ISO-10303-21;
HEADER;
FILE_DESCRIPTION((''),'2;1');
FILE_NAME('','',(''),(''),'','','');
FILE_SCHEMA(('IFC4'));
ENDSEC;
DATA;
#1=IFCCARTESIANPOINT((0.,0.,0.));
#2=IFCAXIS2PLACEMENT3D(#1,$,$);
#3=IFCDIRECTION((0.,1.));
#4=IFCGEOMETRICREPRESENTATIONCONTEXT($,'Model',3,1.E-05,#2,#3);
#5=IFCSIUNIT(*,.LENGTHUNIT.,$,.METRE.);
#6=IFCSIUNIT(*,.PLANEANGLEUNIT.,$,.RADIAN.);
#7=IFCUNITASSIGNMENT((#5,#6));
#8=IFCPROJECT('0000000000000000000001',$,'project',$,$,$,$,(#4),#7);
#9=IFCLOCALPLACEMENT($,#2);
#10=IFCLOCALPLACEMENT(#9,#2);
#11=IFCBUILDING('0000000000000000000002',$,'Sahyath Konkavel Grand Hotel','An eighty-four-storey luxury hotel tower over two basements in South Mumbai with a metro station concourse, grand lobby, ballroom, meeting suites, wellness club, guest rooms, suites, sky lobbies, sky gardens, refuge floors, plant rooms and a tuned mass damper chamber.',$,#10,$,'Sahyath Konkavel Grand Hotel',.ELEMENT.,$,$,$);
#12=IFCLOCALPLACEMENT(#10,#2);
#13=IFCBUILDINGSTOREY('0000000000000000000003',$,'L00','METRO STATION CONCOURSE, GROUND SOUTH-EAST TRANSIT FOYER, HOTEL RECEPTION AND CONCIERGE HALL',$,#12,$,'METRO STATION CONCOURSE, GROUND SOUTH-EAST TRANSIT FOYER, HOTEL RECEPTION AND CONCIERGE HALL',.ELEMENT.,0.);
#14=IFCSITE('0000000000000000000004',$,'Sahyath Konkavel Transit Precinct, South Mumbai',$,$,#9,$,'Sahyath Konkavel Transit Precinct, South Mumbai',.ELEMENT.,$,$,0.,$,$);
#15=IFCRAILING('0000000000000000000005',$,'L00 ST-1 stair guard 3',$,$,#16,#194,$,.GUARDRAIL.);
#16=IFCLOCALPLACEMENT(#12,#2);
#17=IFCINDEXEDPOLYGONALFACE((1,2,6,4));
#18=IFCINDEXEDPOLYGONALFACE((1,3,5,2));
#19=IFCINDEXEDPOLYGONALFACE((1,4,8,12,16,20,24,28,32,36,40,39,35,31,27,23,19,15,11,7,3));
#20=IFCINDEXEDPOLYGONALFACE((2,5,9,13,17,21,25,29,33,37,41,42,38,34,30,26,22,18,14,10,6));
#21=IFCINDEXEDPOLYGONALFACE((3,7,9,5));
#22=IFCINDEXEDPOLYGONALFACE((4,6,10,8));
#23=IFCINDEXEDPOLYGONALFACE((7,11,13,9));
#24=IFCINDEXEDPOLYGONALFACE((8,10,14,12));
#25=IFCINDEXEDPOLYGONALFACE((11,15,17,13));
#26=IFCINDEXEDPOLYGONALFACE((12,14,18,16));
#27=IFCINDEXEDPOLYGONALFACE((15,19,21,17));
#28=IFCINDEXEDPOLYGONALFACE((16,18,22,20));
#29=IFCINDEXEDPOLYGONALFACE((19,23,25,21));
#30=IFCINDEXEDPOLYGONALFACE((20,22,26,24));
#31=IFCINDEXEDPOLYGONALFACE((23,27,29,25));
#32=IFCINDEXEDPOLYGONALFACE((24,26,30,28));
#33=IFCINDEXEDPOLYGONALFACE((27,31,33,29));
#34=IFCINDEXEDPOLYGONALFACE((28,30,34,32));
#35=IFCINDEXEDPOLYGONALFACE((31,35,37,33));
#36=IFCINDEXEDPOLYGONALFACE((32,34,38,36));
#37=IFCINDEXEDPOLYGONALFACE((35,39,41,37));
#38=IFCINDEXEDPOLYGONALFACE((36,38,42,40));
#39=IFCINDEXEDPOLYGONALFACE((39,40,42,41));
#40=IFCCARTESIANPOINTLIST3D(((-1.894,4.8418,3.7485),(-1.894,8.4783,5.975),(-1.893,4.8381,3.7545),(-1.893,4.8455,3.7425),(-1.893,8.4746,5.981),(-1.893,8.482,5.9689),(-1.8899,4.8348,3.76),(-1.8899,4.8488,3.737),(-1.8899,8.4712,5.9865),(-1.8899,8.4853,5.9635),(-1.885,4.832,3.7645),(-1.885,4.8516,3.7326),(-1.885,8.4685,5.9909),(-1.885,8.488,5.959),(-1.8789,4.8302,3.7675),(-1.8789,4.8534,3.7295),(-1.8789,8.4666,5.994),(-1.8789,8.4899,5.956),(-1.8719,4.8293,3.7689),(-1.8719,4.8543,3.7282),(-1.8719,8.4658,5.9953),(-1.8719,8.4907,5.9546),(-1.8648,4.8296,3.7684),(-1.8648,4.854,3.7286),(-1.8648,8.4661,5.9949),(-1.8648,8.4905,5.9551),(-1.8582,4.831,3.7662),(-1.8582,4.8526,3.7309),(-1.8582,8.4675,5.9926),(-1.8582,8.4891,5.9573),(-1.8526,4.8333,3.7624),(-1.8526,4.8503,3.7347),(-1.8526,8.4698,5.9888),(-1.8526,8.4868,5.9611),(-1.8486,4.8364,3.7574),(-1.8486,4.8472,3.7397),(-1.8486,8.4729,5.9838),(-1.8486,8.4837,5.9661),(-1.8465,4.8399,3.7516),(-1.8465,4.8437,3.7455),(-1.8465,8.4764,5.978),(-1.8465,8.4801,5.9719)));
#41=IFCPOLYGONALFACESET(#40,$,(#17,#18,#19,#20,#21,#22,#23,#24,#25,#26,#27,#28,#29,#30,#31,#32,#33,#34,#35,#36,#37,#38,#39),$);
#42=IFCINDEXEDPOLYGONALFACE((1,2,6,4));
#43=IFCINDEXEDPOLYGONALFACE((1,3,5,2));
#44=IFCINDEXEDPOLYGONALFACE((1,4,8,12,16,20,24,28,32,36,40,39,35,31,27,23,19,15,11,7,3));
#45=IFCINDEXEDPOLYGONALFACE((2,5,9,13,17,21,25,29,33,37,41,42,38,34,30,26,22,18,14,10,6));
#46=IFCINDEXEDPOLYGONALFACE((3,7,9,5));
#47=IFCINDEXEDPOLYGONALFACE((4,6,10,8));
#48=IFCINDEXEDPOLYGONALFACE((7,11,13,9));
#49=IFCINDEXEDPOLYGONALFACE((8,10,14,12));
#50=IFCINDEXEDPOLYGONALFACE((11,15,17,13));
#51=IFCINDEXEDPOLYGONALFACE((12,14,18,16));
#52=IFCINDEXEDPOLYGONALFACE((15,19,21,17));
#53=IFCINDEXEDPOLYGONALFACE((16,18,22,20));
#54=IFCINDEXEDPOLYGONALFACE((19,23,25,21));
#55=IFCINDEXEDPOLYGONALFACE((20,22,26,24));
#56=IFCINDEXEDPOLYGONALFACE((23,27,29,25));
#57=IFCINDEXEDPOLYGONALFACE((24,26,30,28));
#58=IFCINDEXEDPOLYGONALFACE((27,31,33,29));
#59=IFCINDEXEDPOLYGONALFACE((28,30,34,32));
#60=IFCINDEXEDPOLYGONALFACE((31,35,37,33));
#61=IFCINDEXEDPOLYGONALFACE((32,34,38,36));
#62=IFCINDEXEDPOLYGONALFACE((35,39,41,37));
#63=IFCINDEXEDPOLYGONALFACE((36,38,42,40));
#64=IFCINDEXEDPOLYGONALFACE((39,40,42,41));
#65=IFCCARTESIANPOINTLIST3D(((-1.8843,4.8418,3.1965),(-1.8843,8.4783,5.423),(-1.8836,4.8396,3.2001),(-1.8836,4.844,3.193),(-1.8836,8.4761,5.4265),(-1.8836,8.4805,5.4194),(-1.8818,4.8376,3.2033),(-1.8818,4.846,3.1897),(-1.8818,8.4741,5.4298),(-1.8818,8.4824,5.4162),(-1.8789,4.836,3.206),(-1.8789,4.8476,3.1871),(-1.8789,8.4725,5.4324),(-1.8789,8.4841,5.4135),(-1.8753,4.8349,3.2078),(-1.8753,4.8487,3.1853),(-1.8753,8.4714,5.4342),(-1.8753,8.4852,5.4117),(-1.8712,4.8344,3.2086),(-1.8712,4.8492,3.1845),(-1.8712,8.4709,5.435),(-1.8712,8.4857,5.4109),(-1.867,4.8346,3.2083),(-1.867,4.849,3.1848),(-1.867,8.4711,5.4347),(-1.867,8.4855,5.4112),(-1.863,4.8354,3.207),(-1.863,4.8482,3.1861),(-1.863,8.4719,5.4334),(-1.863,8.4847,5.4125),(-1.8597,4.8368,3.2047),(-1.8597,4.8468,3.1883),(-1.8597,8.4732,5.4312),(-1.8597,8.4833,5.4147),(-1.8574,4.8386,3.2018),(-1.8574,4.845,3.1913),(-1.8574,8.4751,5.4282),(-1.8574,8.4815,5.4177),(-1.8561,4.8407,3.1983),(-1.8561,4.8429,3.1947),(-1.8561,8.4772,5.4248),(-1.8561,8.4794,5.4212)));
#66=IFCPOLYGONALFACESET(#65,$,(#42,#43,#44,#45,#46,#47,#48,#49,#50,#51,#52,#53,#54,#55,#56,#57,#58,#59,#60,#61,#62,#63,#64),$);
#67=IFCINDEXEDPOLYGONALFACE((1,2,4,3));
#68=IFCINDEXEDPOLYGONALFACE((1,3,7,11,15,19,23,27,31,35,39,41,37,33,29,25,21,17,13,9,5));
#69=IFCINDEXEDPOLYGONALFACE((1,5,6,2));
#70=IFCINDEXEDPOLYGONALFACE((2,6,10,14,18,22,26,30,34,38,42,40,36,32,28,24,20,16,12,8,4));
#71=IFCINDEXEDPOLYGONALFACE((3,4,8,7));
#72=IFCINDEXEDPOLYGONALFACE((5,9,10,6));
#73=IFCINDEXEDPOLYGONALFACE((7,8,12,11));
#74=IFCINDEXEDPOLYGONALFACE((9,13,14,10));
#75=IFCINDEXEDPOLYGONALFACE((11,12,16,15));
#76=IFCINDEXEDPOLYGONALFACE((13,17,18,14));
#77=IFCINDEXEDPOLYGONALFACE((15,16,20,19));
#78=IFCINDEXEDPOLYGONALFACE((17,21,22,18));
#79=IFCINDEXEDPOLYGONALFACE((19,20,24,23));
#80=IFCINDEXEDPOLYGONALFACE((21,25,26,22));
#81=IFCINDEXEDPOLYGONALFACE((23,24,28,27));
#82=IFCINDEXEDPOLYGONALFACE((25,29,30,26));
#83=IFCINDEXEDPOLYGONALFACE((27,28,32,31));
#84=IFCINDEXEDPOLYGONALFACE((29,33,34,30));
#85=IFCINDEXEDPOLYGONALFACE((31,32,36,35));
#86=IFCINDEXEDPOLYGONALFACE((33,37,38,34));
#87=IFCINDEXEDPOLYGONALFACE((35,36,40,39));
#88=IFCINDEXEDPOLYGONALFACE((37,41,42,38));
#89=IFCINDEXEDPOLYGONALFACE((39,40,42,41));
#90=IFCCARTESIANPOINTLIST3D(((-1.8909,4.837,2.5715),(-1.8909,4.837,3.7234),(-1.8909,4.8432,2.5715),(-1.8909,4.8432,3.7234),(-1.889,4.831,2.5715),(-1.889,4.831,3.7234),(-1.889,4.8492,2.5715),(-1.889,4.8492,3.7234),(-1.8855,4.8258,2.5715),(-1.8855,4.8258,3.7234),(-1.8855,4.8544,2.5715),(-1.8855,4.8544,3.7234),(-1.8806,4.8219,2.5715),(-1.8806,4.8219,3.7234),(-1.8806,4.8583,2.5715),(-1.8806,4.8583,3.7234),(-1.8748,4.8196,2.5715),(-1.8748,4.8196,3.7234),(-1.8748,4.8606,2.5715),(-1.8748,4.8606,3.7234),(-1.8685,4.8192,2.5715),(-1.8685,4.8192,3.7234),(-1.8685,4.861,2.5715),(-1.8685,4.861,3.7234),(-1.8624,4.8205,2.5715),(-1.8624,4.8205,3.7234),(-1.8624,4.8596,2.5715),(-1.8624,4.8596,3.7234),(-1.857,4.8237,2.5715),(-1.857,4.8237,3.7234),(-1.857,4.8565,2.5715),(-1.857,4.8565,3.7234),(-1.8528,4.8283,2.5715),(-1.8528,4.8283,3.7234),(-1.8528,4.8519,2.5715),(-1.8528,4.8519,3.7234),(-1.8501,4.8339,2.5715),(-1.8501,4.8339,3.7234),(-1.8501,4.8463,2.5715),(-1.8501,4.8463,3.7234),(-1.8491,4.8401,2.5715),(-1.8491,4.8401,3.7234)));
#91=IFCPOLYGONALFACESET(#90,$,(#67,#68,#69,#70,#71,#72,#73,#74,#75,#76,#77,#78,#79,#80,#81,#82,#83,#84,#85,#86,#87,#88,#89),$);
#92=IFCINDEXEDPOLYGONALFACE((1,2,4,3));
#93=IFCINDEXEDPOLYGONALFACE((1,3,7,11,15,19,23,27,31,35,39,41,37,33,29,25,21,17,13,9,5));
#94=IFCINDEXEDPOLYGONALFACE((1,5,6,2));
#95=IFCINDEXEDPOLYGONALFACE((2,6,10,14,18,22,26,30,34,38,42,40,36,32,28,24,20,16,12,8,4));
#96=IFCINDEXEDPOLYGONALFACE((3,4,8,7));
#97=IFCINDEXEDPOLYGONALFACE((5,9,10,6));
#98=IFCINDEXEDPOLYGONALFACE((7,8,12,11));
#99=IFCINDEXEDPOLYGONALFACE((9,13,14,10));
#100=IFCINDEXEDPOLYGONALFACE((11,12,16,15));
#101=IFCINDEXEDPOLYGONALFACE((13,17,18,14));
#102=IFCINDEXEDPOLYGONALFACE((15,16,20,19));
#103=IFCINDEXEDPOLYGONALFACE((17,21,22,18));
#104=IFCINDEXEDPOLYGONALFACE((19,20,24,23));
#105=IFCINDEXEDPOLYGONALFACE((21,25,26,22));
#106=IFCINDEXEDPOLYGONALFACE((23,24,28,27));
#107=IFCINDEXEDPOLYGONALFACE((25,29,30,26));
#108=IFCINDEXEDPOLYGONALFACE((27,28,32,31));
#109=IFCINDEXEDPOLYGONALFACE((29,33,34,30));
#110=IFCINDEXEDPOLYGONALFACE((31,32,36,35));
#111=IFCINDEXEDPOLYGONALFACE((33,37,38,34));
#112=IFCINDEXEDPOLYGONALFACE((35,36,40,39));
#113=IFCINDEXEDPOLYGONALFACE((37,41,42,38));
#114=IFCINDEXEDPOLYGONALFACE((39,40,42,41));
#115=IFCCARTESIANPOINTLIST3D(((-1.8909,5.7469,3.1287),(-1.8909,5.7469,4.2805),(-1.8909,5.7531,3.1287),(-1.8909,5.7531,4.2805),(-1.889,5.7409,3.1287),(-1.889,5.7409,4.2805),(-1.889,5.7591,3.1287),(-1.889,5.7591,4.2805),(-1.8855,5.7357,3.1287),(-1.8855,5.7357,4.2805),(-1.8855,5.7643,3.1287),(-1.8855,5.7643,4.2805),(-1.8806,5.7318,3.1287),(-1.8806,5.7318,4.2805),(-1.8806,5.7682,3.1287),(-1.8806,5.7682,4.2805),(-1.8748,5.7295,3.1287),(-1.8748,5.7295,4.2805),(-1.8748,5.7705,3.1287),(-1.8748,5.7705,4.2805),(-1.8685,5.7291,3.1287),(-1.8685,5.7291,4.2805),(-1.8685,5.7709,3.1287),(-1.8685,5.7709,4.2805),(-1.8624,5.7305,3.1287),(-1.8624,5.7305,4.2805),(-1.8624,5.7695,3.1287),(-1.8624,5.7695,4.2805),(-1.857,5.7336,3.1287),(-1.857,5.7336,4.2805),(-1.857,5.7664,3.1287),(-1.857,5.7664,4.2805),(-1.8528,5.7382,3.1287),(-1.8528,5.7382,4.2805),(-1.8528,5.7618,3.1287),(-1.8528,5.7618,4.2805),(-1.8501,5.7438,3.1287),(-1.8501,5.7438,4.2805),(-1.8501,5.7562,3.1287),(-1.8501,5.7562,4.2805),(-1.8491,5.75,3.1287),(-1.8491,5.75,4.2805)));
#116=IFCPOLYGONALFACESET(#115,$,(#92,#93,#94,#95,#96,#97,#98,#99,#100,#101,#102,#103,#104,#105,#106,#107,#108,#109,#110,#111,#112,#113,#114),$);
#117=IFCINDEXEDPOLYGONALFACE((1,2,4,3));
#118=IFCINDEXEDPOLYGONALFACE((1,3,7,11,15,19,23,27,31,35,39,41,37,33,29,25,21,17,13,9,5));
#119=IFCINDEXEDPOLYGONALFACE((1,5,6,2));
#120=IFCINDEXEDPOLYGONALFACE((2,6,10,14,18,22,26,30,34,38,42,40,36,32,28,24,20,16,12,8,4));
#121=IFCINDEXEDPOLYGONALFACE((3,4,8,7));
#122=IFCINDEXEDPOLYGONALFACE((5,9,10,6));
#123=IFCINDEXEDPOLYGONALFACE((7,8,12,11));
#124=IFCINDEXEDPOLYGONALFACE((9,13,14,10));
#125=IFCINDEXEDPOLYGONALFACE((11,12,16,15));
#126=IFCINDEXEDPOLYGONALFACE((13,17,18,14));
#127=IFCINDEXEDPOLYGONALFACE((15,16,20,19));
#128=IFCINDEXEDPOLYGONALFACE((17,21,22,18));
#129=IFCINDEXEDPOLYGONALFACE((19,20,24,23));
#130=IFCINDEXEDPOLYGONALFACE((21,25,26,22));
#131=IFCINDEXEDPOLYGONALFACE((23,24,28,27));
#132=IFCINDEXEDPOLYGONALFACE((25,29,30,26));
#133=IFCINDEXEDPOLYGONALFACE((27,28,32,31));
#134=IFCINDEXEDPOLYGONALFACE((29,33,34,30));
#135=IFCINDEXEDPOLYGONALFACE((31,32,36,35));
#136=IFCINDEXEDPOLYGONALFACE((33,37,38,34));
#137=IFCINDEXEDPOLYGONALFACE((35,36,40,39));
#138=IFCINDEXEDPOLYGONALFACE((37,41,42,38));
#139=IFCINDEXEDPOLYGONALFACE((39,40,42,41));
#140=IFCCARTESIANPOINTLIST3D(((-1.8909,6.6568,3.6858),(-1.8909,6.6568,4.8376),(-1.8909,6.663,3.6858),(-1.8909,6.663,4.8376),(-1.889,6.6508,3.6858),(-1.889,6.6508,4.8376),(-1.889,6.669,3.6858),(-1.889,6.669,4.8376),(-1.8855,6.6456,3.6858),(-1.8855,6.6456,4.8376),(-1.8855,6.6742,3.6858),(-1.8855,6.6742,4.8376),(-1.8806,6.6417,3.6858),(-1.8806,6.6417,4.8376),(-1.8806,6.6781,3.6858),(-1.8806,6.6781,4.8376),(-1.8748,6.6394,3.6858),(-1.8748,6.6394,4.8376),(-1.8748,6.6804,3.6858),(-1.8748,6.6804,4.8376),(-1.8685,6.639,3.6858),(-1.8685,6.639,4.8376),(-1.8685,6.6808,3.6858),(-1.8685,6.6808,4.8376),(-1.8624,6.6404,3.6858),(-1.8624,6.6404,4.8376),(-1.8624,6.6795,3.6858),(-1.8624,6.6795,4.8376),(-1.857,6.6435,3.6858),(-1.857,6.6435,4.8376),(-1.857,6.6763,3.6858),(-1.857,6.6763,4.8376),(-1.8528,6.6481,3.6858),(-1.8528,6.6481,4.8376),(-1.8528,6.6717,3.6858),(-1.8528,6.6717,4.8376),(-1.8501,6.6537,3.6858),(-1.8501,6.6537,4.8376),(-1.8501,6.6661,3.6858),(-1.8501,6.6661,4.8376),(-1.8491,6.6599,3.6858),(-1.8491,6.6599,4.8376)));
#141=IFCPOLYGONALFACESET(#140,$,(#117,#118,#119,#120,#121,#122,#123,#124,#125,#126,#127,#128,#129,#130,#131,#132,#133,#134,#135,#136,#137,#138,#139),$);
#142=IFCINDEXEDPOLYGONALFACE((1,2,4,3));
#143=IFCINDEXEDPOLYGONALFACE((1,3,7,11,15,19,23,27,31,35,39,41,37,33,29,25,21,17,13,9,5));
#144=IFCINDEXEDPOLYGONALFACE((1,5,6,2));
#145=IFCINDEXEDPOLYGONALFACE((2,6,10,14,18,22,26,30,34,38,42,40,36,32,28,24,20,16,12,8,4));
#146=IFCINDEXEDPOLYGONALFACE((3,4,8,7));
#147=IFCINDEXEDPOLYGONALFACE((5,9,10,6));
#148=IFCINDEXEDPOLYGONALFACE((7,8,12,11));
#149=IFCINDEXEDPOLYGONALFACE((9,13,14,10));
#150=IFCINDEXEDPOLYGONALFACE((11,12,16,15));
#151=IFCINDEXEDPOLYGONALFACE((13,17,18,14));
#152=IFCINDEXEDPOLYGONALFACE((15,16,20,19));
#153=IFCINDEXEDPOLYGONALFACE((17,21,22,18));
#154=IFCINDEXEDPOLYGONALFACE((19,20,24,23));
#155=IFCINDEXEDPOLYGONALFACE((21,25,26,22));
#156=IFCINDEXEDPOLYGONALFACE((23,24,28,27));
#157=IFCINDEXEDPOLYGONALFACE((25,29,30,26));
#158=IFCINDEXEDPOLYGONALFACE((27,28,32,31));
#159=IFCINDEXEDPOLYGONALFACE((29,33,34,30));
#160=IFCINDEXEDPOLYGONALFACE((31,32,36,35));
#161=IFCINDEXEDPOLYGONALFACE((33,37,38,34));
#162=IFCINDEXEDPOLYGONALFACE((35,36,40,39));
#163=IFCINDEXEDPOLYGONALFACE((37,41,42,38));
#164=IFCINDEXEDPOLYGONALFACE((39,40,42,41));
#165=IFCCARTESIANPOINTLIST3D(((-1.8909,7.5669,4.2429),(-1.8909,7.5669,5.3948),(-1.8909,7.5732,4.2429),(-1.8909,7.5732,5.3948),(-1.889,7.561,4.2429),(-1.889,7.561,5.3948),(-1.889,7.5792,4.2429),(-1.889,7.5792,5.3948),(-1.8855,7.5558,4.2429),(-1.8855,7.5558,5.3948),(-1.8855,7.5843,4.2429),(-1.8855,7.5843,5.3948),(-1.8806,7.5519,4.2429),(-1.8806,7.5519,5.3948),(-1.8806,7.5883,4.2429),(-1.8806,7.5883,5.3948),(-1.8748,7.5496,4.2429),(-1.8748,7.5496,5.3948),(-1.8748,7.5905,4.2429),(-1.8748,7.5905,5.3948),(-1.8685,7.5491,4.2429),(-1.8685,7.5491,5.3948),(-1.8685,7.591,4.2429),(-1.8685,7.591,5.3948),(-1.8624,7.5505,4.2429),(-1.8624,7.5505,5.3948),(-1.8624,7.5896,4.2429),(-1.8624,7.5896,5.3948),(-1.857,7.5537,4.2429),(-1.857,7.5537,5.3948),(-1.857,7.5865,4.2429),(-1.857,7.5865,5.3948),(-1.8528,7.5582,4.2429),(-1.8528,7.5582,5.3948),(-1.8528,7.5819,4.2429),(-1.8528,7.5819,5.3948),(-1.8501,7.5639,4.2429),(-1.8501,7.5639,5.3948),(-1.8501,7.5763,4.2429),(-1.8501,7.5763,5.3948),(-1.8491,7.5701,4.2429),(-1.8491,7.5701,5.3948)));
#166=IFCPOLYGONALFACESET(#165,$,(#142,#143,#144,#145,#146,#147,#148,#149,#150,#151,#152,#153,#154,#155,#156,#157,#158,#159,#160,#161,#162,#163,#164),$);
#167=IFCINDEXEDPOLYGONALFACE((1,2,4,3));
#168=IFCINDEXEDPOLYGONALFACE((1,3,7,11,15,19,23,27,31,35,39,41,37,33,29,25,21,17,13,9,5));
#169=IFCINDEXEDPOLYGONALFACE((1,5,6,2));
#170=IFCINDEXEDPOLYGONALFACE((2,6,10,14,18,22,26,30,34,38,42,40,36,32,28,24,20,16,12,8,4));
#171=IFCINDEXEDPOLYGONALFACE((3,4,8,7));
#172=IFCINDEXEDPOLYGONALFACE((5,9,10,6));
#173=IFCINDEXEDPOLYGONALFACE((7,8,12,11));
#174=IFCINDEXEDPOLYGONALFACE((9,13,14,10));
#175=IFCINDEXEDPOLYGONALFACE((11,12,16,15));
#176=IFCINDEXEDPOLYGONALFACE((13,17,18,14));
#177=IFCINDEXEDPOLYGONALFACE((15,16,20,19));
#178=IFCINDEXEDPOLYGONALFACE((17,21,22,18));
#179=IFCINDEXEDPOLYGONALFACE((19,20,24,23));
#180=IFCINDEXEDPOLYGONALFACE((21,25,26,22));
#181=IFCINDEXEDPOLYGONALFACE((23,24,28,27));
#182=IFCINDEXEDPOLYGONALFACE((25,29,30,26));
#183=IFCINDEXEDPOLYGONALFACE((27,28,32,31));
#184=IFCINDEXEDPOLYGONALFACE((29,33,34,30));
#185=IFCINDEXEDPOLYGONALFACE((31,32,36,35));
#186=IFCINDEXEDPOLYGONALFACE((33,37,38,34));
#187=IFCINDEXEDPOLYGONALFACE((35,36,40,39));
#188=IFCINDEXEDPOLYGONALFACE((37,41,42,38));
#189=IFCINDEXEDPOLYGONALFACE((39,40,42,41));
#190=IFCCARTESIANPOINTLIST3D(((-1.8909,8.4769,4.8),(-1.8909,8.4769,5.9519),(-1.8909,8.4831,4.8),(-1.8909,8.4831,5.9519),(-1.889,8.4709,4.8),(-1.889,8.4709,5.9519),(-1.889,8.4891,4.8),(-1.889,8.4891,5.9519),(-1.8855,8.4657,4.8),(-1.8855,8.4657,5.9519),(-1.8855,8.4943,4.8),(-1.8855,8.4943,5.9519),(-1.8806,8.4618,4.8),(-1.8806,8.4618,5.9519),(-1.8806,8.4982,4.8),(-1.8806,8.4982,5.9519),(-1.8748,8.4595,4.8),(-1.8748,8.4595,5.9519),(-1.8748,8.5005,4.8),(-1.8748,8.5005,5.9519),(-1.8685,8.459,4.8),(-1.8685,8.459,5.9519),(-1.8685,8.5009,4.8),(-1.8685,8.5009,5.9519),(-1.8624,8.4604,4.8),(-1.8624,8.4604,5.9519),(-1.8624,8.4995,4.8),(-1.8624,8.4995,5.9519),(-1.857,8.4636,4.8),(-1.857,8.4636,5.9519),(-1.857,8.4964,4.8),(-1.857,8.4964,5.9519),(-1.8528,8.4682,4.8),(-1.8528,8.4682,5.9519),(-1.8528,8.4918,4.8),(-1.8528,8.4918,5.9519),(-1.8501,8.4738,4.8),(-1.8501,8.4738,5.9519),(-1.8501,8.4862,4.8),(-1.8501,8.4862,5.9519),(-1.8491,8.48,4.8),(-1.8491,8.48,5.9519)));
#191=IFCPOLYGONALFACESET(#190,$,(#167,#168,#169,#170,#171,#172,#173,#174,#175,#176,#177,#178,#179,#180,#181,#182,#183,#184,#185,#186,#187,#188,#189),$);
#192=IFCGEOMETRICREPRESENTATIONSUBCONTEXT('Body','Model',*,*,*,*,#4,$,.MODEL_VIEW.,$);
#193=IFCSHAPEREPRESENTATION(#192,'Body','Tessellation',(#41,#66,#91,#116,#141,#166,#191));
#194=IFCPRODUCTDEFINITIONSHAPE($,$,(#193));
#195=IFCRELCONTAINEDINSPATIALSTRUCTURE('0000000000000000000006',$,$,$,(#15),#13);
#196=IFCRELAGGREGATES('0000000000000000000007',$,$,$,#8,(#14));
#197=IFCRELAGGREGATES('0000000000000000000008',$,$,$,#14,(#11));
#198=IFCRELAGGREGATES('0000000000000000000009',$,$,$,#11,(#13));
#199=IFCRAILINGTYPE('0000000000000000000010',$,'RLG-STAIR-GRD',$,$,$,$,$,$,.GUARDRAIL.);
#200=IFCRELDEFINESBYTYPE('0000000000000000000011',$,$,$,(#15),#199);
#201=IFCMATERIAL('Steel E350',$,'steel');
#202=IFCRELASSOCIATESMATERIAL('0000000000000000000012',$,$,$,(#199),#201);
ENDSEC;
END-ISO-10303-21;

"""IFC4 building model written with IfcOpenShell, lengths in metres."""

from ifc_helpers import new_model, si_unit, direction, frame, origin, origin_2d, place, context, subcontext, project, spatial, circle, extrude, material, type_object, element, save


model = new_model("IFC4")

# Units and contexts
model_context = context("Model", 3, precision=1e-05, world=origin(), true_north=direction((0.0, 1.0)))
body_context = subcontext(model_context, "Body", "Model", "MODEL_VIEW")
ifc_project = project(units=[si_unit("LENGTHUNIT", "METRE"), si_unit("PLANEANGLEUNIT", "RADIAN")], contexts=[model_context])

# Site, building, storey
site_placement = place(None, origin())
site = spatial("IfcSite", under=ifc_project, at=site_placement, Name="Sahyath Konkavel Transit Precinct, South Mumbai", LongName="Sahyath Konkavel Transit Precinct, South Mumbai", CompositionType="ELEMENT", RefElevation=0.0)
building_placement = place(site_placement, origin())
building = spatial("IfcBuilding", under=site, at=building_placement, Name="Sahyath Konkavel Grand Hotel", Description="An eighty-four-storey luxury hotel tower over two basements in South Mumbai with a metro station concourse, grand lobby, ballroom, meeting suites, wellness club, guest rooms, suites, sky lobbies, sky gardens, refuge floors, plant rooms and a tuned mass damper chamber.", LongName="Sahyath Konkavel Grand Hotel", CompositionType="ELEMENT")
storey_placement = place(building_placement, origin())
storey = spatial("IfcBuildingStorey", under=building, at=storey_placement, Name="L00", Description="METRO STATION CONCOURSE, GROUND SOUTH-EAST TRANSIT FOYER, HOTEL RECEPTION AND CONCIERGE HALL", LongName="METRO STATION CONCOURSE, GROUND SOUTH-EAST TRANSIT FOYER, HOTEL RECEPTION AND CONCIERGE HALL", CompositionType="ELEMENT", Elevation=0.0)

# Shared definitions
ifc_material_1 = material(Name="Steel E350", Category="steel")

# Railing
railing_type_1 = type_object("IfcRailingType", Name="RLG-STAIR-GRD", PredefinedType="GUARDRAIL", material=ifc_material_1)
railing_1_placement = place(storey_placement, frame((-1.8701, 4.8401, 2.5715)))
element("IfcRailing", 1, at=railing_1_placement, inside=storey, type_object=railing_type_1, Name="L00 ST-1 stair guard 3", PredefinedType="GUARDRAIL", context=body_context, shape_type="SweptSolid", body=[
    extrude(circle(Radius=0.0239, at=origin_2d()), frame((0.0, 0.0017, 1.177), z_axis=(0.0, 0.85285, 0.522156), x_axis=(-1.0, 0.0, 0.0)), (0.0, 0.0, 1.0), 4.2639),
    extrude(circle(Radius=0.0142, at=origin_2d()), frame((0.0, 0.0017, 0.625), z_axis=(0.0, 0.85285, 0.522156), x_axis=(-1.0, 0.0, 0.0)), (0.0, 0.0, 1.0), 4.2639),
    extrude(circle(Radius=0.021, at=origin_2d()), origin(), (0.0, 0.0, 1.0), 1.1519),
    extrude(circle(Radius=0.021, at=origin_2d()), frame((0.0, 0.9099, 0.5571)), (0.0, 0.0, 1.0), 1.1519),
    extrude(circle(Radius=0.021, at=origin_2d()), frame((0.0, 1.8198, 1.1143)), (0.0, 0.0, 1.0), 1.1519),
    extrude(circle(Radius=0.021, at=origin_2d()), frame((0.0, 2.73, 1.6714)), (0.0, 0.0, 1.0), 1.1519),
    extrude(circle(Radius=0.021, at=origin_2d()), frame((0.0, 3.6399, 2.2285)), (0.0, 0.0, 1.0), 1.1519),
])

save(model, "model.ifc")
